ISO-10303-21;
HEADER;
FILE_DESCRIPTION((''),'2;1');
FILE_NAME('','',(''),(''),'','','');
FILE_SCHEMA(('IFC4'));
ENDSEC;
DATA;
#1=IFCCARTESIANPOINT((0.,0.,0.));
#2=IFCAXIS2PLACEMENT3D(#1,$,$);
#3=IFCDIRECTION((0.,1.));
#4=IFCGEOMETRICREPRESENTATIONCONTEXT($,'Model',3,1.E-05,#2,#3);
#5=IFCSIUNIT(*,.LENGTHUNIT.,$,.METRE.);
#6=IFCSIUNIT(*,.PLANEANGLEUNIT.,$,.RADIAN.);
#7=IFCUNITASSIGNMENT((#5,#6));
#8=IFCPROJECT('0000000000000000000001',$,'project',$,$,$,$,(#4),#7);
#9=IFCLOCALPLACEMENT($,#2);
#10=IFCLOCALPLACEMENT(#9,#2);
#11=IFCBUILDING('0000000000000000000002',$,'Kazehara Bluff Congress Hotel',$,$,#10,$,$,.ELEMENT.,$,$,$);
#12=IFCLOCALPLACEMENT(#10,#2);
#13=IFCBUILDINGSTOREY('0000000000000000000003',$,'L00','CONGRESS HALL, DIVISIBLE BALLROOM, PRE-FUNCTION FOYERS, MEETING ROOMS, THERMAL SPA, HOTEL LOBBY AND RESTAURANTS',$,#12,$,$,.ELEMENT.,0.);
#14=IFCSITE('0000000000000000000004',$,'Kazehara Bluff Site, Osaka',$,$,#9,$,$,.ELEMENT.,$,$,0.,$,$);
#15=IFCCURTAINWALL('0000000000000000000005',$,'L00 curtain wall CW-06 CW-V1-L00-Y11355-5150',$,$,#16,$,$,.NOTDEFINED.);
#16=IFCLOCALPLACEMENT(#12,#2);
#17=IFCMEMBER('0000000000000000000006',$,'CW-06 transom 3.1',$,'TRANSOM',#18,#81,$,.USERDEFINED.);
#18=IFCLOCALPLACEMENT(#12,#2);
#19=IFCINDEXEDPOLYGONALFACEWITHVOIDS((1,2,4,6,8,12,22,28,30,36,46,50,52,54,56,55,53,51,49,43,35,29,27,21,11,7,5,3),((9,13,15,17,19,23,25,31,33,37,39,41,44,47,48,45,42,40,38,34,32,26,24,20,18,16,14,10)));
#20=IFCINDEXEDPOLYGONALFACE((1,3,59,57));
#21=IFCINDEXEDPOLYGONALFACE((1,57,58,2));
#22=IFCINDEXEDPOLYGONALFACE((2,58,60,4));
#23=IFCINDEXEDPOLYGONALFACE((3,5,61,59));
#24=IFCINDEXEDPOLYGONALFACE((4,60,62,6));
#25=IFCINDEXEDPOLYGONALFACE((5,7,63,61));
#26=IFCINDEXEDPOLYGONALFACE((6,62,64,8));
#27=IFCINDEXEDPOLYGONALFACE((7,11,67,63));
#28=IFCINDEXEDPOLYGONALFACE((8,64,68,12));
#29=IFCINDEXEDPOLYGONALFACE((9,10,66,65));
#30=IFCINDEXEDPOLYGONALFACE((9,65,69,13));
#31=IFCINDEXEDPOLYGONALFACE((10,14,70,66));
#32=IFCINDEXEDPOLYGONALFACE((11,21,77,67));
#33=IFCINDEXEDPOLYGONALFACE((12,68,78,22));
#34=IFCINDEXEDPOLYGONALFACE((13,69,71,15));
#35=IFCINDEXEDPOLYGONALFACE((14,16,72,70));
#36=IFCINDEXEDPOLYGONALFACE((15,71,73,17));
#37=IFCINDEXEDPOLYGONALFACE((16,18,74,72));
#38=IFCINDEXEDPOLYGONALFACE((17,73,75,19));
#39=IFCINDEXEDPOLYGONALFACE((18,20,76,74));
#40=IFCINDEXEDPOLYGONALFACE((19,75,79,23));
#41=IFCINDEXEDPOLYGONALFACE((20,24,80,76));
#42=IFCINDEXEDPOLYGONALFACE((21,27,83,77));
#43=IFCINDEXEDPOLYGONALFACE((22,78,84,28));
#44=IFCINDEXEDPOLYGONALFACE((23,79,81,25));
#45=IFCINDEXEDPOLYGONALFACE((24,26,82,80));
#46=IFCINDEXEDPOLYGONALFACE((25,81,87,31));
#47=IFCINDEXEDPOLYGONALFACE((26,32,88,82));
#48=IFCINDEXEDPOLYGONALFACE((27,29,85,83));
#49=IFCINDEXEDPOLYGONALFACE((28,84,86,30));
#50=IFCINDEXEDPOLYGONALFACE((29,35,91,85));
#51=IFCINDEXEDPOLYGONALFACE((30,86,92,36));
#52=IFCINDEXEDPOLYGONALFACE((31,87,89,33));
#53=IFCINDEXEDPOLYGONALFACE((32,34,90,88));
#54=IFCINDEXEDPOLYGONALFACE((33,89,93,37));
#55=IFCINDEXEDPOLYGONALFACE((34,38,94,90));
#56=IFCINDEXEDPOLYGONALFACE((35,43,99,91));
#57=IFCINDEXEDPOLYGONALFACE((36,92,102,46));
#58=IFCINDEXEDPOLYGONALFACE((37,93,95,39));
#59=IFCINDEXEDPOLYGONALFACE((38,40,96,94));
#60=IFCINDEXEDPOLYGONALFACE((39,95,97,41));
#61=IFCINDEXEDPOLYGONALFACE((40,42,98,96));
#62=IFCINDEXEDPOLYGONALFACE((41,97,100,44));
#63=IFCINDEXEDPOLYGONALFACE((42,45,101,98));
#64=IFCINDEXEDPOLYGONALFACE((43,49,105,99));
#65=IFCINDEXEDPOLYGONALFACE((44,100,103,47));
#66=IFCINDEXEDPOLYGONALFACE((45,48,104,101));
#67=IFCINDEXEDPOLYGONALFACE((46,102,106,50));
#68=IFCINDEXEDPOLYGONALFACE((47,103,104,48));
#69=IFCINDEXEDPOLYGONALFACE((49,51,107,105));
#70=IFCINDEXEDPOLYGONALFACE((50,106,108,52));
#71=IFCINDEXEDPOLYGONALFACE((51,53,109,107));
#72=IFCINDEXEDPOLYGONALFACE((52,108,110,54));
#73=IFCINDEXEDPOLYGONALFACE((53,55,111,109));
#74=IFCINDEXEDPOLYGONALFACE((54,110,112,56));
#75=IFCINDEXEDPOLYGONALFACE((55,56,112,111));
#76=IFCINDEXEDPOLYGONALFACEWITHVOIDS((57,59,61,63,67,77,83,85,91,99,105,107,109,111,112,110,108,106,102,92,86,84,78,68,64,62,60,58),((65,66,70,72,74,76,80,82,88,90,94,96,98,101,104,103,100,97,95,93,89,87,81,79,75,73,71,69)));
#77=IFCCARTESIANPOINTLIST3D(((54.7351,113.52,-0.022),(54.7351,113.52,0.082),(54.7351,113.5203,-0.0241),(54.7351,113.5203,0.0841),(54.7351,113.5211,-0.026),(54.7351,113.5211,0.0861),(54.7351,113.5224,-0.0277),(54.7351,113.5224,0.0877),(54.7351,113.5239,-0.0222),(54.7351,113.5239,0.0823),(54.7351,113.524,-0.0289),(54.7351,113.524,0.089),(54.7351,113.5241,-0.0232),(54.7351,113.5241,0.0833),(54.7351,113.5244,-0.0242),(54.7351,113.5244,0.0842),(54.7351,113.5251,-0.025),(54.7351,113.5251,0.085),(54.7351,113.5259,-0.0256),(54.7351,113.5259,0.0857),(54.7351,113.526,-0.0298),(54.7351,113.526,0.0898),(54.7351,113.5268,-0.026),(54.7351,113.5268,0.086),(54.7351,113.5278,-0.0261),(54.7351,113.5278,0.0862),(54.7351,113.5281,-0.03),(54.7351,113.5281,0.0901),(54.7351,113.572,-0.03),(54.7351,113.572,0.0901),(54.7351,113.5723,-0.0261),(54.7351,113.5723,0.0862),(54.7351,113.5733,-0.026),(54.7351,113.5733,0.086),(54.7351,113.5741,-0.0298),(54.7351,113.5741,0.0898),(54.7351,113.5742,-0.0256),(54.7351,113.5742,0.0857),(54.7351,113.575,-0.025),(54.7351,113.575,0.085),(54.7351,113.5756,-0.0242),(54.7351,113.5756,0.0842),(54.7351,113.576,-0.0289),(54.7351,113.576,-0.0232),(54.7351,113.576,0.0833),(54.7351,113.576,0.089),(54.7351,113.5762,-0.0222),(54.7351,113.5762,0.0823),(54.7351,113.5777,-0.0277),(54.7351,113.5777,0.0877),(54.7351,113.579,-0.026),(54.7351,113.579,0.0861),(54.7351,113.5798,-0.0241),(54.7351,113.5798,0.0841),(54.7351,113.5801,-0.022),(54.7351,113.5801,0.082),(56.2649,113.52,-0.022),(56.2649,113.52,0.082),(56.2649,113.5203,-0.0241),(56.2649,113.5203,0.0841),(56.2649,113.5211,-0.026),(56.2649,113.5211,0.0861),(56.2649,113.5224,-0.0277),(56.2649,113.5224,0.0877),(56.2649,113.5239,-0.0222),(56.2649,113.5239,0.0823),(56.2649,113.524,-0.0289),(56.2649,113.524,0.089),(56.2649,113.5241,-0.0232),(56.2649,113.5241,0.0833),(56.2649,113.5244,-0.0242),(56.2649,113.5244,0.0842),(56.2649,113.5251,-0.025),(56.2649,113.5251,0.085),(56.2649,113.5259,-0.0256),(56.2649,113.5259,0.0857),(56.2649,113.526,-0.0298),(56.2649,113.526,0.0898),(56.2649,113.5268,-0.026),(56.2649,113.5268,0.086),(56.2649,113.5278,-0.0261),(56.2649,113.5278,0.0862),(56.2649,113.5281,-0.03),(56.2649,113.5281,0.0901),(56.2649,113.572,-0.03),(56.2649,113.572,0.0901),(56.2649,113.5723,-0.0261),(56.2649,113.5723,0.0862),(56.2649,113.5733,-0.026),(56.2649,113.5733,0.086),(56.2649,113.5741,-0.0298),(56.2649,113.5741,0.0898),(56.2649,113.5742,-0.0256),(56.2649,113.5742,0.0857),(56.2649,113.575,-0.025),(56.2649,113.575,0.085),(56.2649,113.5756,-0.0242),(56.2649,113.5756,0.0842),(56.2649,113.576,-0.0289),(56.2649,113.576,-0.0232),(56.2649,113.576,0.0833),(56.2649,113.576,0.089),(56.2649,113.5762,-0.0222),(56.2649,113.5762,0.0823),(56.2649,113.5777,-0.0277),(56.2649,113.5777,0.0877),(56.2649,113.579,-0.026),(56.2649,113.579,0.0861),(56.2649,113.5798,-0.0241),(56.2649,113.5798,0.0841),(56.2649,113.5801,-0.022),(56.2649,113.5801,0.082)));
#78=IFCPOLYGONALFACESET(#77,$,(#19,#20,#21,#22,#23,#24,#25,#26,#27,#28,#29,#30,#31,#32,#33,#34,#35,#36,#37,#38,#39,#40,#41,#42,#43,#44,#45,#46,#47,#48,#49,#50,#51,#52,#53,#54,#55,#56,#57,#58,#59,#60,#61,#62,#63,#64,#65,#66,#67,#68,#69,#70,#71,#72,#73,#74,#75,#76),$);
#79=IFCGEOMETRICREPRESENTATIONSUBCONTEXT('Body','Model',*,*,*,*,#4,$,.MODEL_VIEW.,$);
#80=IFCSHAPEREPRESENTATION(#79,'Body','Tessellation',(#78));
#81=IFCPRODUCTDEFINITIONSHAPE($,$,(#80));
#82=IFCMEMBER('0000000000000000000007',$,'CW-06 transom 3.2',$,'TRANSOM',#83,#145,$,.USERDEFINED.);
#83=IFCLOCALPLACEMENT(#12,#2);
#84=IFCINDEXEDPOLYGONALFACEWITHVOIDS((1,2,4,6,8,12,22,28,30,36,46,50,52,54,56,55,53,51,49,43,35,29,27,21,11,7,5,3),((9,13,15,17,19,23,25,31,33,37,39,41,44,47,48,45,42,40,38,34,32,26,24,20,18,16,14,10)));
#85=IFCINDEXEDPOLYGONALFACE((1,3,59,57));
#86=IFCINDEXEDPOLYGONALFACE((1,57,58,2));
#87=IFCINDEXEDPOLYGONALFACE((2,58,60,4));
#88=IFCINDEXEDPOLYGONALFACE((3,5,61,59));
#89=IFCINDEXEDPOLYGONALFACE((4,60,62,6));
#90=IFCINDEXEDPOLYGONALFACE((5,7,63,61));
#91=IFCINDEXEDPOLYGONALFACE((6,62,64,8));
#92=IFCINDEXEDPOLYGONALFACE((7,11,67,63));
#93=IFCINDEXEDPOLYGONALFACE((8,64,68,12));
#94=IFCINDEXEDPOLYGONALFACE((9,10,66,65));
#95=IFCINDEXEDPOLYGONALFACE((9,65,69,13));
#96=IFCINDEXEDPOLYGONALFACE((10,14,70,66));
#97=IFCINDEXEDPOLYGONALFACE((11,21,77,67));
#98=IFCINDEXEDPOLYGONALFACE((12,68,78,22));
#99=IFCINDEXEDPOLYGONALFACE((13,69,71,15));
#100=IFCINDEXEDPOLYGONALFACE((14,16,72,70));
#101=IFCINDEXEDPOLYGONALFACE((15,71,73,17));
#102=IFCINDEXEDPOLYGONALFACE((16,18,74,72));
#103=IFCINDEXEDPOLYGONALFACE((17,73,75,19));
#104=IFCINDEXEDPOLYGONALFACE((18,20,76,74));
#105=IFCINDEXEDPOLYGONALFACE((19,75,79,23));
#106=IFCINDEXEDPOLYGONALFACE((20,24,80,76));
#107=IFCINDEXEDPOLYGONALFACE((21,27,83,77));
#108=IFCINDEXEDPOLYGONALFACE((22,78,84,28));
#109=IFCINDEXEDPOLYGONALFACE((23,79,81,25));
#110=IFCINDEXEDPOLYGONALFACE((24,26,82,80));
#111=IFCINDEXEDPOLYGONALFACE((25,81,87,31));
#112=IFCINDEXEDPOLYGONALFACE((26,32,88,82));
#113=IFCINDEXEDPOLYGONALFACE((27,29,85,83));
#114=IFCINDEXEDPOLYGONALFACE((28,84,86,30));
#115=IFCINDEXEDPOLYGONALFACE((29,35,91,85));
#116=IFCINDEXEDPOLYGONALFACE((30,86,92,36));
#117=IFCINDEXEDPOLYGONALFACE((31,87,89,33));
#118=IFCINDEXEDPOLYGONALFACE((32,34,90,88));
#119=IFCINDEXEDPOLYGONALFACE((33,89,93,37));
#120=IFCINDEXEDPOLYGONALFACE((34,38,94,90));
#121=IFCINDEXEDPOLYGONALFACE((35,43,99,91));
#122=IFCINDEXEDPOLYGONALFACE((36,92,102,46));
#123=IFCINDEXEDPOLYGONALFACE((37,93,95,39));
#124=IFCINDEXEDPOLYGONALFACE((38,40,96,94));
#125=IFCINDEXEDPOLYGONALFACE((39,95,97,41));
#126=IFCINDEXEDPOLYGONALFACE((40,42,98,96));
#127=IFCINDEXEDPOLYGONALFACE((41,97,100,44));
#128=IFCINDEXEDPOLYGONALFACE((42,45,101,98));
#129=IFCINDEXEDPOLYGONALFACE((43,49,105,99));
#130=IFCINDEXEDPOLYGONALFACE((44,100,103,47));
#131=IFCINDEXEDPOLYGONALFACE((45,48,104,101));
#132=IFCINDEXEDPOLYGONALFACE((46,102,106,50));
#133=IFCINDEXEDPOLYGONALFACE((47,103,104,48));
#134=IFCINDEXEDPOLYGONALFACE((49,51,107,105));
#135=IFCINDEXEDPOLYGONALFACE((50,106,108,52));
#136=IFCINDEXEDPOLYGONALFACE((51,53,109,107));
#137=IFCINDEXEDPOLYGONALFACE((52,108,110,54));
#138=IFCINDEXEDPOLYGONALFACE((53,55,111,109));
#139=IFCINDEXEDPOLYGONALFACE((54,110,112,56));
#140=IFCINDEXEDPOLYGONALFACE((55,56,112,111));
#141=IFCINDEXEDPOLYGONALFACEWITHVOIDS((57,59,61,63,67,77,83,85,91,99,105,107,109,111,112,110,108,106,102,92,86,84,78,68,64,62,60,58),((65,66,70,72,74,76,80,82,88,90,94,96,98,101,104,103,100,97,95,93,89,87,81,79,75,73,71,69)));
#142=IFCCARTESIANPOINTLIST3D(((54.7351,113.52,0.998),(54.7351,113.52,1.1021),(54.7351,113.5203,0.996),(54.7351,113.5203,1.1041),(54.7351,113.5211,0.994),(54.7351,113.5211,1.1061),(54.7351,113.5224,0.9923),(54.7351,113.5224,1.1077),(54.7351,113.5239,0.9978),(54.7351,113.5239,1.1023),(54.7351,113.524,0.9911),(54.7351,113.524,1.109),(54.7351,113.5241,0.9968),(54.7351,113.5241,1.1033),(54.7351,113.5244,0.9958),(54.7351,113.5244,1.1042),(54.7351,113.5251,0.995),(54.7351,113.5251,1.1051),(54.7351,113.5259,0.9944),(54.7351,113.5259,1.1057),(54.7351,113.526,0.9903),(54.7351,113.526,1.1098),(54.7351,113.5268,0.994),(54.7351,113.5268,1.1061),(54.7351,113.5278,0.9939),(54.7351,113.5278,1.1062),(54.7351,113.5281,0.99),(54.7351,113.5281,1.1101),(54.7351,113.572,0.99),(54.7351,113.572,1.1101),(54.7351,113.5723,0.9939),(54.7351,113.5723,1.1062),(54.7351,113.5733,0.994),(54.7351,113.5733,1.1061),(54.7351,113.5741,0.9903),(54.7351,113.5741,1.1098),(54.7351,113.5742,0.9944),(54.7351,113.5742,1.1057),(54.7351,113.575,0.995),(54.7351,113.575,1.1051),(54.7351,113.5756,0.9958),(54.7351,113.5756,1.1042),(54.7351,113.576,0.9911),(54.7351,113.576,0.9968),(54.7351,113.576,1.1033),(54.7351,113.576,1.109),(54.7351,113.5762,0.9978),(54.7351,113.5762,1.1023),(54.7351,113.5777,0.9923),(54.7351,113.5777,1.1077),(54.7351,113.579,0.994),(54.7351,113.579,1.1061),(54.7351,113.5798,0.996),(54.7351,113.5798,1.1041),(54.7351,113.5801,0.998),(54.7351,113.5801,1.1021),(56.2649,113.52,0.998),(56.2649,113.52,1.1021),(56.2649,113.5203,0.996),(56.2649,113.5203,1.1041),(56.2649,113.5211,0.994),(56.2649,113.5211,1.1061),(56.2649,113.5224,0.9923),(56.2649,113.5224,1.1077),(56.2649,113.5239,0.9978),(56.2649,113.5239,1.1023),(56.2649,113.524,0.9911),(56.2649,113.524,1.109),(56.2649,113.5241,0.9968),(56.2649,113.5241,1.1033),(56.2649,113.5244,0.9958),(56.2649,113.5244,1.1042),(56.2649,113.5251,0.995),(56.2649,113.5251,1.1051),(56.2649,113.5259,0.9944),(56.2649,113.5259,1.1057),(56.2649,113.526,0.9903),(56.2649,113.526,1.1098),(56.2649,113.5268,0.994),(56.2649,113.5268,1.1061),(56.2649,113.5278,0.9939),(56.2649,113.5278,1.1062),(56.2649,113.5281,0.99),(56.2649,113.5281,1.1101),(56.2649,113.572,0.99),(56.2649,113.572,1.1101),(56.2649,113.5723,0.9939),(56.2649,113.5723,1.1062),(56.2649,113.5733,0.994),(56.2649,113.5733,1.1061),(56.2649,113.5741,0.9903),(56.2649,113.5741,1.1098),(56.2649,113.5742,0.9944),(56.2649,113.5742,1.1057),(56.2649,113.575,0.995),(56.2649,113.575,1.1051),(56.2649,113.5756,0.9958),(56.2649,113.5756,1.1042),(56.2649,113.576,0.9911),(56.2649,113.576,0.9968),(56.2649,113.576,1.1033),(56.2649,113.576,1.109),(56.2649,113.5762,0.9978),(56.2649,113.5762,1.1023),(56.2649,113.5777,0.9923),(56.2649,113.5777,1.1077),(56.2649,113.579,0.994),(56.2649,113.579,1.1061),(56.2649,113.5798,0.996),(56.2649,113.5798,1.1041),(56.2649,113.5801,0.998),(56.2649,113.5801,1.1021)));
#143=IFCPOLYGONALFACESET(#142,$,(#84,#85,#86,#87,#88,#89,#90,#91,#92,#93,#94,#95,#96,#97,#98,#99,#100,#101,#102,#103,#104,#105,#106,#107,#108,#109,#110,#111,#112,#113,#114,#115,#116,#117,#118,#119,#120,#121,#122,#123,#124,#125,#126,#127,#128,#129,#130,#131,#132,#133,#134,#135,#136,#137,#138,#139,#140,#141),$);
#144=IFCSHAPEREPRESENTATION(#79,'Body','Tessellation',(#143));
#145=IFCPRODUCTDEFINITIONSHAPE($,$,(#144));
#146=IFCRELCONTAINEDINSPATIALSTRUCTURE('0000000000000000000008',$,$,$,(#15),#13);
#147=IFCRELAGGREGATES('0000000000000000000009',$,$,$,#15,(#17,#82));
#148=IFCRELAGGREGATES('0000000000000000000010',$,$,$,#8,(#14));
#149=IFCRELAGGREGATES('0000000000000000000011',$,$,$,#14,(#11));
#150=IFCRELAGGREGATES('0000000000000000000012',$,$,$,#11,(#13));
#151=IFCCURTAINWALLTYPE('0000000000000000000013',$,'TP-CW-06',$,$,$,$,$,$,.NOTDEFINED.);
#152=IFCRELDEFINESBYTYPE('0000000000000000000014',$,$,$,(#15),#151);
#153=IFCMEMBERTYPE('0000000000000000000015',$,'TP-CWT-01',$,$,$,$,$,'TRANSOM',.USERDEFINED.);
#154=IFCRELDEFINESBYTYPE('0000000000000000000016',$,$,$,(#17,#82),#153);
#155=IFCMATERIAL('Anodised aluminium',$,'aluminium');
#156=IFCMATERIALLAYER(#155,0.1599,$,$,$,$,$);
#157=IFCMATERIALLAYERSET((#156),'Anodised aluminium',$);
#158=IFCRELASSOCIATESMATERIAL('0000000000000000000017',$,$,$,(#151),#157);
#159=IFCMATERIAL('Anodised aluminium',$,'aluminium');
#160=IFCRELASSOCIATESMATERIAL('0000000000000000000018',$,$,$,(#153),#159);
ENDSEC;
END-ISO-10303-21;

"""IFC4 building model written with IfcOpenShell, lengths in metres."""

from ifc_helpers import new_model, si_unit, direction, frame, origin, origin_2d, place, context, subcontext, project, spatial, hollow_rectangle, extrude, material, layer, layer_set, material_profile, profile_set, type_object, element, aggregate, save


model = new_model("IFC4")

# Units and contexts
model_context = context("Model", 3, precision=1e-05, world=origin(), true_north=direction((0.0, 1.0)))
body_context = subcontext(model_context, "Body", "Model", "MODEL_VIEW")
ifc_project = project(units=[si_unit("LENGTHUNIT", "METRE"), si_unit("PLANEANGLEUNIT", "RADIAN")], contexts=[model_context])

# Site, building, storey
site_placement = place(None, origin())
site = spatial("IfcSite", under=ifc_project, at=site_placement, Name="Kazehara Bluff Site, Osaka", CompositionType="ELEMENT", RefElevation=0.0)
building_placement = place(site_placement, origin())
building = spatial("IfcBuilding", under=site, at=building_placement, Name="Kazehara Bluff Congress Hotel", CompositionType="ELEMENT")
storey_placement = place(building_placement, origin())
storey = spatial("IfcBuildingStorey", under=building, at=storey_placement, Name="L00", Description="CONGRESS HALL, DIVISIBLE BALLROOM, PRE-FUNCTION FOYERS, MEETING ROOMS, THERMAL SPA, HOTEL LOBBY AND RESTAURANTS", CompositionType="ELEMENT", Elevation=0.0)

# Curtain wall, members
ifc_material_1 = material(Name="Anodised aluminium", Category="aluminium")
ifc_layer_1 = layer(ifc_material_1, 0.1599)
ifc_layer_set_1 = layer_set([ifc_layer_1], Name="Anodised aluminium")
curtain_wall_type = type_object("IfcCurtainWallType", Name="TP-CW-06", PredefinedType="NOTDEFINED", material=ifc_layer_set_1)
curtain_wall_placement = place(storey_placement, origin())
curtain_wall = element("IfcCurtainWall", 1, at=curtain_wall_placement, inside=storey, type_object=curtain_wall_type, Name="L00 curtain wall CW-06 CW-V1-L00-Y11355-5150", PredefinedType="NOTDEFINED")
ifc_material_2 = material(Name="Anodised aluminium", Category="aluminium")
ifc_material_profile_1 = material_profile(ifc_material_2, hollow_rectangle(XDim=0.0601, YDim=0.1201, WallThickness=0.0039, InnerFilletRadius=0.0039, OuterFilletRadius=0.0081, at=origin_2d()))
ifc_profile_set_1 = profile_set([ifc_material_profile_1], Name="Anodised aluminium")
member_type_1 = type_object("IfcMemberType", Name="TP-CWT-01", ElementType="TRANSOM", PredefinedType="USERDEFINED", material=ifc_profile_set_1)
member_1_placement = place(storey_placement, frame((54.7351, 113.55, 0.03), z_axis=(1.0, 0.0, 0.0), x_axis=(0.0, 1.0, 0.0)))
member_1 = element("IfcMember", 2, at=member_1_placement, type_object=member_type_1, Name="CW-06 transom 3.1", ObjectType="TRANSOM", PredefinedType="USERDEFINED", context=body_context, shape_type="SweptSolid", body=[
    extrude(hollow_rectangle(XDim=0.0601, YDim=0.1201, WallThickness=0.0039, InnerFilletRadius=0.0039, OuterFilletRadius=0.0081, at=origin_2d()), origin(), (0.0, 0.0, 1.0), 1.5298),
])
member_2_placement = place(storey_placement, frame((54.7351, 113.55, 1.05), z_axis=(1.0, 0.0, 0.0), x_axis=(0.0, 1.0, 0.0)))
member_2 = element("IfcMember", 3, at=member_2_placement, type_object=member_type_1, Name="CW-06 transom 3.2", ObjectType="TRANSOM", PredefinedType="USERDEFINED", context=body_context, shape_type="SweptSolid", body=[
    extrude(hollow_rectangle(XDim=0.0601, YDim=0.1201, WallThickness=0.0039, InnerFilletRadius=0.0039, OuterFilletRadius=0.0081, at=origin_2d()), origin(), (0.0, 0.0, 1.0), 1.5298),
])
aggregate(curtain_wall, [member_1, member_2])

save(model, "model.ifc")
